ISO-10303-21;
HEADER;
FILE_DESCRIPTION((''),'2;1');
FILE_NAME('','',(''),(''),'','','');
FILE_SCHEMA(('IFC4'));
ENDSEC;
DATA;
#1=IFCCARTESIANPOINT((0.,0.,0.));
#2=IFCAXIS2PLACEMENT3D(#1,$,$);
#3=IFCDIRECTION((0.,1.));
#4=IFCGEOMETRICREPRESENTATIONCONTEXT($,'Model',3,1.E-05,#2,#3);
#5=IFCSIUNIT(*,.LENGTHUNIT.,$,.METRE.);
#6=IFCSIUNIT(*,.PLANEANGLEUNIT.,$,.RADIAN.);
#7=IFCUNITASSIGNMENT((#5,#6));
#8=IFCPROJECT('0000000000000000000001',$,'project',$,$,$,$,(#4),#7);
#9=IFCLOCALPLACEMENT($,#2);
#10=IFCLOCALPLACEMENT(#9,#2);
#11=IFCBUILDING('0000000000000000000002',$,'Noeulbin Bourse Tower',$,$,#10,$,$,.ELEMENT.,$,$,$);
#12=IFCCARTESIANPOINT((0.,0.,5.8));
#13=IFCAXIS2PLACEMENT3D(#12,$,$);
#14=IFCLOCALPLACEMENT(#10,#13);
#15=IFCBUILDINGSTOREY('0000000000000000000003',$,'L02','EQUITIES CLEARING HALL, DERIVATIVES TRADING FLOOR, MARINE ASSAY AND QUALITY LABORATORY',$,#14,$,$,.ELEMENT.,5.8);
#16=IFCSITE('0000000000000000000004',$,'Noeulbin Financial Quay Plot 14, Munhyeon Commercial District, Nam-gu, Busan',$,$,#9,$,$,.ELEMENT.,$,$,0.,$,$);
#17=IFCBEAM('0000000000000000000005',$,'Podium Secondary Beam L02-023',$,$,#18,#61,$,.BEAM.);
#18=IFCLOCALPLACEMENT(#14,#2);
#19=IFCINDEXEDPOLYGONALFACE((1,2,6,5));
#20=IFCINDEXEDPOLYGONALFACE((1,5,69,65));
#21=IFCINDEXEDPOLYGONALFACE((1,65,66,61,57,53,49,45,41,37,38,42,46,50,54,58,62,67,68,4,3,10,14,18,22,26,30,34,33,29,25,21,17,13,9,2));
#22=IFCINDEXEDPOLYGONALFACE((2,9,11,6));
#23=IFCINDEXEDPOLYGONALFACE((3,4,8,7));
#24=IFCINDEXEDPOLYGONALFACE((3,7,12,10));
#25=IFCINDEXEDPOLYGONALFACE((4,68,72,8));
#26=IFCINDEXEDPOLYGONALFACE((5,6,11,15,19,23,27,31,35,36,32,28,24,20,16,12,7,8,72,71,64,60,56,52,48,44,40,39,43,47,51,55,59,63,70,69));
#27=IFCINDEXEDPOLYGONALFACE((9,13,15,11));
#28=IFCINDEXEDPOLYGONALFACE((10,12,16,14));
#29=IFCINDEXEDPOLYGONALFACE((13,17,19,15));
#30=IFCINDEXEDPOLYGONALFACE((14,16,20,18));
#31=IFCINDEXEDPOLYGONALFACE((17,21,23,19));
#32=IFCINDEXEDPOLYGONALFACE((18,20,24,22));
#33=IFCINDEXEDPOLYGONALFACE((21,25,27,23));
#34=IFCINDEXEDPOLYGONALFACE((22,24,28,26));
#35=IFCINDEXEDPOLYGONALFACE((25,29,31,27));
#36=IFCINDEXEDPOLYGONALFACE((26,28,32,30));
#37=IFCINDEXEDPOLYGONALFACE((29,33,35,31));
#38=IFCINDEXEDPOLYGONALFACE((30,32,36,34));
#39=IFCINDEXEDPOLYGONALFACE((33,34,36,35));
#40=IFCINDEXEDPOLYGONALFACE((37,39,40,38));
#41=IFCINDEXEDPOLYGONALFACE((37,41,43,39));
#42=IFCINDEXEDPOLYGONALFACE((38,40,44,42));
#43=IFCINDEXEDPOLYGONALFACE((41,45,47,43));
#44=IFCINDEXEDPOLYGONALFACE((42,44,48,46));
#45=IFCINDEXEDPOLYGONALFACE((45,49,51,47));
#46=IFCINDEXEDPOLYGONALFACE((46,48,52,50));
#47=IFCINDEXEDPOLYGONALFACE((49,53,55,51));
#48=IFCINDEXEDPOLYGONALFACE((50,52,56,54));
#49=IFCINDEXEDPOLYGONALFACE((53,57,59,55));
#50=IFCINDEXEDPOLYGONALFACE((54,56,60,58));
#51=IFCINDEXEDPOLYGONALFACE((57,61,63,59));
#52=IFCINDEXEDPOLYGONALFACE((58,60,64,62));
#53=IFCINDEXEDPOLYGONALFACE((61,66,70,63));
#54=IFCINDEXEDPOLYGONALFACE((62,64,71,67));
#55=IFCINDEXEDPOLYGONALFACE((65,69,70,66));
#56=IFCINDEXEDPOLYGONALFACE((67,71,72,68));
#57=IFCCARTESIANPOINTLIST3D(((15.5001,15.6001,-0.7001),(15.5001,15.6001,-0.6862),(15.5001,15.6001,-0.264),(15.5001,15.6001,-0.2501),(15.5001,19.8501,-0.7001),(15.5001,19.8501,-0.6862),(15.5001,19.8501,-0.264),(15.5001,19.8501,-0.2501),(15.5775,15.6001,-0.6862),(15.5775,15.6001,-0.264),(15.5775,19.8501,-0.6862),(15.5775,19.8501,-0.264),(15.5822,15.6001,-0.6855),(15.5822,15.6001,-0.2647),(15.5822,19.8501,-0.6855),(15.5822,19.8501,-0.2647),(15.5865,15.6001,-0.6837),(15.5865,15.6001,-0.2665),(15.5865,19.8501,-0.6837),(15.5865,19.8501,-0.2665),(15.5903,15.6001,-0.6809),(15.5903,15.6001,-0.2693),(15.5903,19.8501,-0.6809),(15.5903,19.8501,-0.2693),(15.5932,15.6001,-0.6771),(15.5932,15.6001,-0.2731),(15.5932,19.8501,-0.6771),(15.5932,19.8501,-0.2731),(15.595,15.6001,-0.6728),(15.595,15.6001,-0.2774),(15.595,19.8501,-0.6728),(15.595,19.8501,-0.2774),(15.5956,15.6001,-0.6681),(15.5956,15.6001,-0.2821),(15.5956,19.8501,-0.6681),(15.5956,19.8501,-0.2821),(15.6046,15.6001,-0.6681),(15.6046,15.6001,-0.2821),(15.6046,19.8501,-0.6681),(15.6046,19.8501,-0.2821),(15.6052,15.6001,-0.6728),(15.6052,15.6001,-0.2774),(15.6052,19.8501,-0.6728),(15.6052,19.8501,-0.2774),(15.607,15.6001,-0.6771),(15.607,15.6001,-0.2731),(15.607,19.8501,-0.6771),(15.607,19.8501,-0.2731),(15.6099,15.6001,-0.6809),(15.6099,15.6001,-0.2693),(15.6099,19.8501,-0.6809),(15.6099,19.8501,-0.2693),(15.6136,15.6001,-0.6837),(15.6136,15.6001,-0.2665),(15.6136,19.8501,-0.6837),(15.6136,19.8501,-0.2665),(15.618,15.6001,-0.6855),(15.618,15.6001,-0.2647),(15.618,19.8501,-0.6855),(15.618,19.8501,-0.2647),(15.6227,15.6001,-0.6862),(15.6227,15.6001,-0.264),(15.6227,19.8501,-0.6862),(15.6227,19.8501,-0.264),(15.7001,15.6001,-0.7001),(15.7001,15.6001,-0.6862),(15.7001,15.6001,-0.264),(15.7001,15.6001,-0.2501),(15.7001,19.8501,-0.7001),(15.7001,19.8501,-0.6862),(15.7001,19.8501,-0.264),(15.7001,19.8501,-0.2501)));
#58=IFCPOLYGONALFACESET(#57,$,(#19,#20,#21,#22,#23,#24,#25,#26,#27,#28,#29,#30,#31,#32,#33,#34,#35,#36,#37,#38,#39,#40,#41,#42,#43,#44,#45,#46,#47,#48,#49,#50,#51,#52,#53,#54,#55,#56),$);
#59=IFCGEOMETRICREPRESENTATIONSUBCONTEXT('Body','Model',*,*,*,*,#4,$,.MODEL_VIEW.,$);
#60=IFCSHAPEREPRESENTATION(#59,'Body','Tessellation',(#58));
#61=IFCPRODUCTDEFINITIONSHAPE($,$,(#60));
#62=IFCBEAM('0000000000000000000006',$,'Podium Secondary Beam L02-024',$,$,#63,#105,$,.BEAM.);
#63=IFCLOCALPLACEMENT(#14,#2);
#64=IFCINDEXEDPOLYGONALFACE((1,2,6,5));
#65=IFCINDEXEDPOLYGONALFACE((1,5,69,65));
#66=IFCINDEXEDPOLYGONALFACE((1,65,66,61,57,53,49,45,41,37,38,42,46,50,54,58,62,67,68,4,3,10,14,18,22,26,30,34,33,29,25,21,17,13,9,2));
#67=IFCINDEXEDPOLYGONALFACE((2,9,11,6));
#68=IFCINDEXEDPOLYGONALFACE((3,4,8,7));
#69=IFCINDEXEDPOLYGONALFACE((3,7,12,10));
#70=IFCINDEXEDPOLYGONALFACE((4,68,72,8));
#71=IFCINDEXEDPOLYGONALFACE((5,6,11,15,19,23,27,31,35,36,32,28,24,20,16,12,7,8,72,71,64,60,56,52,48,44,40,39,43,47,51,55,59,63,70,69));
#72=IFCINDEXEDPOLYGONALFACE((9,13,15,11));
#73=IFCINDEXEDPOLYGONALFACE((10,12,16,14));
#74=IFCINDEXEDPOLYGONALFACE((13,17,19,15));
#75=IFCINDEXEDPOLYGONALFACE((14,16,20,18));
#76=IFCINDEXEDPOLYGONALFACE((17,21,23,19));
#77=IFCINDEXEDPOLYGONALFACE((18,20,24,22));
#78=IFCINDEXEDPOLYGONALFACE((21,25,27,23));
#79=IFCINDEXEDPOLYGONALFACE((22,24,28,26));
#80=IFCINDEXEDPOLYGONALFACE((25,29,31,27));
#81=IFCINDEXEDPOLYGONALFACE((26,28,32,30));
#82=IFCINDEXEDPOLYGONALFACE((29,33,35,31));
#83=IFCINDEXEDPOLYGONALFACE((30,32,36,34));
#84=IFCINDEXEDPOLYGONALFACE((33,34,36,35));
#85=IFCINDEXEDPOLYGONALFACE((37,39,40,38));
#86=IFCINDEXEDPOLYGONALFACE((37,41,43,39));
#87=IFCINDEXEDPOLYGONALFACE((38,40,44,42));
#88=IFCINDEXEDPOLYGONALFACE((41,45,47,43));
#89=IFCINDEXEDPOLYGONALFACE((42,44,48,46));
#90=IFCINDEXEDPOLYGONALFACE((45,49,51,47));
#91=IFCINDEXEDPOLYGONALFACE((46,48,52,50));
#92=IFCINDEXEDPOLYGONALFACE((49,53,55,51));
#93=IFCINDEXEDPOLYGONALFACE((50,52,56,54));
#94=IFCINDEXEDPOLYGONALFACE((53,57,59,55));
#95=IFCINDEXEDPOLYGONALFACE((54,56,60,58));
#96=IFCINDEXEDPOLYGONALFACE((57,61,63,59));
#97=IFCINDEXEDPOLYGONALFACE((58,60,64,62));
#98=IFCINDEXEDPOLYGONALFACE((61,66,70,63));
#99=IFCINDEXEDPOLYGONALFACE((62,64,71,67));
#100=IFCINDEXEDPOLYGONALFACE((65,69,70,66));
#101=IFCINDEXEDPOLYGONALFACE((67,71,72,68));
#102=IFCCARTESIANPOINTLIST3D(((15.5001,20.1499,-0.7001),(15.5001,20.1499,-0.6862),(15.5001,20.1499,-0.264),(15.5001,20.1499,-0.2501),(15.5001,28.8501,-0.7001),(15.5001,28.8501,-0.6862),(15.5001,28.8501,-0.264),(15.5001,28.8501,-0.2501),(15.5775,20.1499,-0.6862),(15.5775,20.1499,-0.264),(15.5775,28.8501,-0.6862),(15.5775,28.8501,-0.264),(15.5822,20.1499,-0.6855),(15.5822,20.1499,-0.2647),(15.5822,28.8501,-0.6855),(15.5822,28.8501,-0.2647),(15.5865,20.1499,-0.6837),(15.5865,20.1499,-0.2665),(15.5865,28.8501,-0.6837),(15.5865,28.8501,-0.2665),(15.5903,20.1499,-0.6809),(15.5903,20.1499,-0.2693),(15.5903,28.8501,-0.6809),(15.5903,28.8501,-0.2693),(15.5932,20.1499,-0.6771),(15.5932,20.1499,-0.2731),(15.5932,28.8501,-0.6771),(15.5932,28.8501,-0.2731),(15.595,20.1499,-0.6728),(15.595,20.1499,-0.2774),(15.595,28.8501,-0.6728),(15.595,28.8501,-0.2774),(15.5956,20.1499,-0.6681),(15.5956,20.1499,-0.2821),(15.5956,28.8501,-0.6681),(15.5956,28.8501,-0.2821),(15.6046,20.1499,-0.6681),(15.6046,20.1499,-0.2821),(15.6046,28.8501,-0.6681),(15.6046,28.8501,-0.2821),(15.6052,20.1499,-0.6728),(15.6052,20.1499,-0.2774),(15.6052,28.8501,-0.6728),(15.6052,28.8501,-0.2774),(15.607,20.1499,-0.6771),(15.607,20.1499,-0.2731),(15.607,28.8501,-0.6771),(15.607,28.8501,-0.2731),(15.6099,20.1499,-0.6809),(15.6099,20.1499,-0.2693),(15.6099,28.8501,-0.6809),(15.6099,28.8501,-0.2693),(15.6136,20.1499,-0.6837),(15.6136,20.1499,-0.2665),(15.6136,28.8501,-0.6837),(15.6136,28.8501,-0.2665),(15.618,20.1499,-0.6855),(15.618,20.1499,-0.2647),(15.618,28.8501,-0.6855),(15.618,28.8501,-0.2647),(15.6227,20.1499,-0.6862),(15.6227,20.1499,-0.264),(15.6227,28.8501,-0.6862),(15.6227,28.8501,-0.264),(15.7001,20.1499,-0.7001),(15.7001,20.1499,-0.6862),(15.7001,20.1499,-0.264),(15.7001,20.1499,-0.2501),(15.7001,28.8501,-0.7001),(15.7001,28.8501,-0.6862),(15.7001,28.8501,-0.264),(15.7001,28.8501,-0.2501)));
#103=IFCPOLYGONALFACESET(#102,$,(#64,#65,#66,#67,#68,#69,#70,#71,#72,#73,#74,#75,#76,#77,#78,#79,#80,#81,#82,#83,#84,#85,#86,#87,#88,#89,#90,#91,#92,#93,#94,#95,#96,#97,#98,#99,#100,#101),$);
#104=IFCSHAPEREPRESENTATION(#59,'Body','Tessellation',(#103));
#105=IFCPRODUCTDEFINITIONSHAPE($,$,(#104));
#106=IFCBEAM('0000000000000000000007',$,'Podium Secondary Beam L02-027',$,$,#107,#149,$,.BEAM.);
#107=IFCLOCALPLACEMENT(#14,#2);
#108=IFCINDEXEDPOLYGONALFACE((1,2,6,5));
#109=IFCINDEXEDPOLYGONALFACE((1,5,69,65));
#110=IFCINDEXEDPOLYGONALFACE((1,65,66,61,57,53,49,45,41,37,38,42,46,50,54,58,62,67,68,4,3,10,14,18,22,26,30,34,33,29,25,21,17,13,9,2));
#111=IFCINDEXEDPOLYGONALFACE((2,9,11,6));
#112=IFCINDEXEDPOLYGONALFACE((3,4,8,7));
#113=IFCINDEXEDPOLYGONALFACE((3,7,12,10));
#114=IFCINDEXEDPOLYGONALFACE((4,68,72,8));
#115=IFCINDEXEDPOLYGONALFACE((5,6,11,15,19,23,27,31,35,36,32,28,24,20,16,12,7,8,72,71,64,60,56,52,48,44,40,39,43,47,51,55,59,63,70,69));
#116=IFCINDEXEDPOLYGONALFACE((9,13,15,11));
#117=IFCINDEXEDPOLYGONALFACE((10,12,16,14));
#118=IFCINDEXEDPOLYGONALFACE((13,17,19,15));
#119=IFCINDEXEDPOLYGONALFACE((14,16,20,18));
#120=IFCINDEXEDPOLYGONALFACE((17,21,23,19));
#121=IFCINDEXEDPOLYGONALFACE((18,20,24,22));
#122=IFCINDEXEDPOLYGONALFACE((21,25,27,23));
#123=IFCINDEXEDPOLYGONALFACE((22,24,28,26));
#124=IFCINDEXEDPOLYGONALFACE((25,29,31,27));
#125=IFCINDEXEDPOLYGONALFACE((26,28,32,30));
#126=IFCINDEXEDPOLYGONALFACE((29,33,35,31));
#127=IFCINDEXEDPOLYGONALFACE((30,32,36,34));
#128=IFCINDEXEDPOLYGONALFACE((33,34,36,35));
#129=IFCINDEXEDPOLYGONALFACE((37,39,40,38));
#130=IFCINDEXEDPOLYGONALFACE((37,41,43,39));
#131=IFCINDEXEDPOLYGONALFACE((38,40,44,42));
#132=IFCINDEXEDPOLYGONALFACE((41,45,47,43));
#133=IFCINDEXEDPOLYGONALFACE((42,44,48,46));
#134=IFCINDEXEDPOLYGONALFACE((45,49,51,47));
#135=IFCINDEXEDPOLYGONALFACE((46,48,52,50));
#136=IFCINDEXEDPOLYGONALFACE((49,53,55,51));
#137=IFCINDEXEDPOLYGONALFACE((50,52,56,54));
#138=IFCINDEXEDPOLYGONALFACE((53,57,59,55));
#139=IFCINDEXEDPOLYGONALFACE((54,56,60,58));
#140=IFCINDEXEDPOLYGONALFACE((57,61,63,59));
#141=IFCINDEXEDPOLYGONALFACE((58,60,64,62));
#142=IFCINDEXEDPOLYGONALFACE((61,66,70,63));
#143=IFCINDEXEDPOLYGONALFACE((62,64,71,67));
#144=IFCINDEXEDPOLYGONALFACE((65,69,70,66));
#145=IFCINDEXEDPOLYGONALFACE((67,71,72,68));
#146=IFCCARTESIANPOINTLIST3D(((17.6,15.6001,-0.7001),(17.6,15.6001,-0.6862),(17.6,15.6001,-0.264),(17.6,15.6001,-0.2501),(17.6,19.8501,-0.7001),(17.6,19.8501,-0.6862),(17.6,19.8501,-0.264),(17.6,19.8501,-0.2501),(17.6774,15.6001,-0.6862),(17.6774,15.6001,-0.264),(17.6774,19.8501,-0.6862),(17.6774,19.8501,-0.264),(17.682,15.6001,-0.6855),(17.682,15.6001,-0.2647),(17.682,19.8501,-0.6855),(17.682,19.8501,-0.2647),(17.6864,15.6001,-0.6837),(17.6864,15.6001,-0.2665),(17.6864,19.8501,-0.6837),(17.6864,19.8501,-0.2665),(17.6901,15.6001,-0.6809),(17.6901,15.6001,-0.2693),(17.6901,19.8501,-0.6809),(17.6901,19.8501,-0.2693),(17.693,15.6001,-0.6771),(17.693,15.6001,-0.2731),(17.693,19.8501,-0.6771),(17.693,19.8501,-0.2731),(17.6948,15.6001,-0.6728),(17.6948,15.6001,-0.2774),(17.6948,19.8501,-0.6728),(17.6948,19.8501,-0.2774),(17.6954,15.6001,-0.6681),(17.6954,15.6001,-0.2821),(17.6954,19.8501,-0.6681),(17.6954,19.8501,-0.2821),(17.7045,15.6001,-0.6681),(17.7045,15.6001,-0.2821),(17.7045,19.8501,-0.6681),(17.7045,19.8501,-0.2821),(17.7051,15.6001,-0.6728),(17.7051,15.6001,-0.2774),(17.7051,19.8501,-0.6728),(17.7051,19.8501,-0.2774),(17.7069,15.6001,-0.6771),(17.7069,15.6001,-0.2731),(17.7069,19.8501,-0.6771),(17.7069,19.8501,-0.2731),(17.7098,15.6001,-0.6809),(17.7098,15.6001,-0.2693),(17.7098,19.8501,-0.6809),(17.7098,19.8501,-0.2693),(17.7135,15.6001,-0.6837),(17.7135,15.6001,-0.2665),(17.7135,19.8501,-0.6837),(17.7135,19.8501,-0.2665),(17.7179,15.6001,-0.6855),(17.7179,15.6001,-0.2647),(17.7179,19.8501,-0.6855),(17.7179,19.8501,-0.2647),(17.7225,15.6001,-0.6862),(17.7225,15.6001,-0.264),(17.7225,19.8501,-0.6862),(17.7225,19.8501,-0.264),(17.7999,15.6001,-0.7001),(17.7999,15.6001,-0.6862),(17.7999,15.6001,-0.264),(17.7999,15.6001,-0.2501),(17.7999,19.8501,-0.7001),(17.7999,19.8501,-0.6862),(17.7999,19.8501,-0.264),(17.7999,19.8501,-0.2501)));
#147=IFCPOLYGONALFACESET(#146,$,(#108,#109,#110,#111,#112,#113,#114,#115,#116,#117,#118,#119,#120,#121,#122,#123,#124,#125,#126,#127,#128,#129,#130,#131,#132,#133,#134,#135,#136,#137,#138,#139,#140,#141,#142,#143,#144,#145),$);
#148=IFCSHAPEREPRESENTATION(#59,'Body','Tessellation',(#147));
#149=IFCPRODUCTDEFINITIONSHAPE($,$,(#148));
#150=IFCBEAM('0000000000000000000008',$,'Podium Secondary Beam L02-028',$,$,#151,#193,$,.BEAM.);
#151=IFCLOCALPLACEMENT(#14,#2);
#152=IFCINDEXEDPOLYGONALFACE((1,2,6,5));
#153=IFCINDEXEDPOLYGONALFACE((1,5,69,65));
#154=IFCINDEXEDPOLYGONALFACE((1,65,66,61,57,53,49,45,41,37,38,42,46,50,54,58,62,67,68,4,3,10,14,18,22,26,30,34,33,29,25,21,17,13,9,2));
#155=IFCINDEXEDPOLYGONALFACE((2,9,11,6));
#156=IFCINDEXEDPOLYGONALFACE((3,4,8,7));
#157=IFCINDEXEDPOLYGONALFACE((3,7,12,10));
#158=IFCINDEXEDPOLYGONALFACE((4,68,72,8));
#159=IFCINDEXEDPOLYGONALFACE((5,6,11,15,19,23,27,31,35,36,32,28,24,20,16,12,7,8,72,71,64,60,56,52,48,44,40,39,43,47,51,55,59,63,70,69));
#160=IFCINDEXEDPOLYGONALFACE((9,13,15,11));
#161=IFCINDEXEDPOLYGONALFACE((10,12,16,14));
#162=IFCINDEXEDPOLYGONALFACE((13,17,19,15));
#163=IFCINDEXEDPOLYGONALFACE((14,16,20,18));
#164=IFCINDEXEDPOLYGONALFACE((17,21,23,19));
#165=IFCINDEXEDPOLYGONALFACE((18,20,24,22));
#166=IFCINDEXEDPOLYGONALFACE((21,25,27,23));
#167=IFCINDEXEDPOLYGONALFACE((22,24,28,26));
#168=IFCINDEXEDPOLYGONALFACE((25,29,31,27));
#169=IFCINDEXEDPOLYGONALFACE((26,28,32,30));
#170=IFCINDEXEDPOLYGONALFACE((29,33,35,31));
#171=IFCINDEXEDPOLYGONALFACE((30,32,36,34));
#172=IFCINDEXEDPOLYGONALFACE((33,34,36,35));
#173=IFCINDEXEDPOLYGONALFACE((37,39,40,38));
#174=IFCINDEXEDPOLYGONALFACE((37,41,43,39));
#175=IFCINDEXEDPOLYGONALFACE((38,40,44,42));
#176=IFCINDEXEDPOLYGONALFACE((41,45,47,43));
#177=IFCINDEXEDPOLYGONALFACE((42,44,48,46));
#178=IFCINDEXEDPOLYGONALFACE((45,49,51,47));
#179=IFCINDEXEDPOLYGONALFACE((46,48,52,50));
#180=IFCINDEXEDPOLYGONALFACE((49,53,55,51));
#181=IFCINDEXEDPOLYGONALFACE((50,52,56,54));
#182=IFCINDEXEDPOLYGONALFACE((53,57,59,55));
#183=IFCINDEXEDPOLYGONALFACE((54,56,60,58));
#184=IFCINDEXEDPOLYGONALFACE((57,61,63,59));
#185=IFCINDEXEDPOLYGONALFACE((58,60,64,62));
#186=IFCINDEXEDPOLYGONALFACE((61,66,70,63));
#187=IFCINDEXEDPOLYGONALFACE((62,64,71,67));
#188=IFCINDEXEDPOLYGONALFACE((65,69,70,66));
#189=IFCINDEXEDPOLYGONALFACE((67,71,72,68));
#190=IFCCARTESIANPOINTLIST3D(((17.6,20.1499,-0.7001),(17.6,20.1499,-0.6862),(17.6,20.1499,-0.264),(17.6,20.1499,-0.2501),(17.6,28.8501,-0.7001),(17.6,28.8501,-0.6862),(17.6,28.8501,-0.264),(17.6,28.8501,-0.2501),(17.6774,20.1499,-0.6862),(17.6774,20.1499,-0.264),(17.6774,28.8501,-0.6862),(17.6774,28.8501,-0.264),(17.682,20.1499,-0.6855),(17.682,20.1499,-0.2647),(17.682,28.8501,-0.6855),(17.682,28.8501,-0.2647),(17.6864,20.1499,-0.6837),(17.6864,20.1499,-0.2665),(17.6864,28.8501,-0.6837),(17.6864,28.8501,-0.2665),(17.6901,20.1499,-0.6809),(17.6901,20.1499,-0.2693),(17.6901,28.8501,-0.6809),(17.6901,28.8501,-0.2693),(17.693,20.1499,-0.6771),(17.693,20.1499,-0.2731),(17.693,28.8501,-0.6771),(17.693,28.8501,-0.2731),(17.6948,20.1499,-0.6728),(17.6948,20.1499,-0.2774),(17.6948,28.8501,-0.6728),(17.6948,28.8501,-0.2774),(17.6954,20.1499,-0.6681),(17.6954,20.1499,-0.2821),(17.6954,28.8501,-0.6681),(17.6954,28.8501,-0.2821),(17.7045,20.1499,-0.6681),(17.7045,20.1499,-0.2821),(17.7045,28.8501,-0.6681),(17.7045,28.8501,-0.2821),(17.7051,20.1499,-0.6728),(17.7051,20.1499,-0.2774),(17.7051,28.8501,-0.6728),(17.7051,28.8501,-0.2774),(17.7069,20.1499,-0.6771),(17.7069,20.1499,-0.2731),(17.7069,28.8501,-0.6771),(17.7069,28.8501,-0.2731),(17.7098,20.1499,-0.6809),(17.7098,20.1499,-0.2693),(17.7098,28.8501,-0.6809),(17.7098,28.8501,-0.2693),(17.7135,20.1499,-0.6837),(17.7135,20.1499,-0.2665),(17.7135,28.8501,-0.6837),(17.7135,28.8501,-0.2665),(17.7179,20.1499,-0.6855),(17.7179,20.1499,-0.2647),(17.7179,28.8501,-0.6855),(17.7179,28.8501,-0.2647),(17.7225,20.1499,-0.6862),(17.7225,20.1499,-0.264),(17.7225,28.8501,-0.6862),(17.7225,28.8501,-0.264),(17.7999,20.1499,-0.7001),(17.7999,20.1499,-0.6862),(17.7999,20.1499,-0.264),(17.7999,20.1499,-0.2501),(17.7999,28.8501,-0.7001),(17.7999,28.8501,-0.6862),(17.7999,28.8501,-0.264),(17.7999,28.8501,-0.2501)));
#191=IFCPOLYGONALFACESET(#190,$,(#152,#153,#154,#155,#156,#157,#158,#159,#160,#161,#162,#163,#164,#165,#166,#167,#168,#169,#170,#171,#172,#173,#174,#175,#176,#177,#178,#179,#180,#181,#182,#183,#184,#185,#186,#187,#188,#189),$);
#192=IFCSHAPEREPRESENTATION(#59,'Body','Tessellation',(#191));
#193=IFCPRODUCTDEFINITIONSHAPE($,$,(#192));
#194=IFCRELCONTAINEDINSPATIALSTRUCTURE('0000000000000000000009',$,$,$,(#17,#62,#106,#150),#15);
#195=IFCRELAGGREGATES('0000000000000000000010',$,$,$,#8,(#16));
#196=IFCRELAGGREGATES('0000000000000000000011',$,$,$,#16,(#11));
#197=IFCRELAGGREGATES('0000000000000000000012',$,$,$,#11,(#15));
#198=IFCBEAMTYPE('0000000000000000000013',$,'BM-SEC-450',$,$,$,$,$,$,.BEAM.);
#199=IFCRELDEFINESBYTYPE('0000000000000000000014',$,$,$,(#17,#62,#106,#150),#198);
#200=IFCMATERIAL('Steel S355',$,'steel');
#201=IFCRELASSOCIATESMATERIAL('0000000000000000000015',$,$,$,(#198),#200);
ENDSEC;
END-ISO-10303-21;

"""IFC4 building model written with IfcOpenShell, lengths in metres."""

from ifc_helpers import new_model, si_unit, direction, frame, origin, origin_2d, place, context, subcontext, project, spatial, i_section, extrude, material, material_profile, profile_set, type_object, element, save


model = new_model("IFC4")

# Units and contexts
model_context = context("Model", 3, precision=1e-05, world=origin(), true_north=direction((0.0, 1.0)))
body_context = subcontext(model_context, "Body", "Model", "MODEL_VIEW")
ifc_project = project(units=[si_unit("LENGTHUNIT", "METRE"), si_unit("PLANEANGLEUNIT", "RADIAN")], contexts=[model_context])

# Site, building, storey
site_placement = place(None, origin())
site = spatial("IfcSite", under=ifc_project, at=site_placement, Name="Noeulbin Financial Quay Plot 14, Munhyeon Commercial District, Nam-gu, Busan", CompositionType="ELEMENT", RefElevation=0.0)
building_placement = place(site_placement, origin())
building = spatial("IfcBuilding", under=site, at=building_placement, Name="Noeulbin Bourse Tower", CompositionType="ELEMENT")
storey_placement = place(building_placement, frame((0.0, 0.0, 5.8)))
storey = spatial("IfcBuildingStorey", under=building, at=storey_placement, Name="L02", Description="EQUITIES CLEARING HALL, DERIVATIVES TRADING FLOOR, MARINE ASSAY AND QUALITY LABORATORY", CompositionType="ELEMENT", Elevation=5.8)

# Beams
ifc_material_1 = material(Name="Steel S355", Category="steel")
ifc_material_profile_1 = material_profile(ifc_material_1, i_section(OverallWidth=0.2, OverallDepth=0.45, WebThickness=0.009, FlangeThickness=0.0139, FilletRadius=0.0181, at=origin_2d()), Name="H-450x200x9x14", Category="LoadBearing")
ifc_profile_set_1 = profile_set([ifc_material_profile_1], Name="Steel S355")
beam_type_1 = type_object("IfcBeamType", Name="BM-SEC-450", PredefinedType="BEAM", material=ifc_profile_set_1)
beam_1_placement = place(storey_placement, frame((15.6001, 15.6001, -0.4751), z_axis=(0.0, 1.0, 0.0), x_axis=(-1.0, 0.0, 0.0)))
element("IfcBeam", 1, at=beam_1_placement, inside=storey, type_object=beam_type_1, Name="Podium Secondary Beam L02-023", PredefinedType="BEAM", context=body_context, shape_type="SweptSolid", body=[
    extrude(i_section(OverallWidth=0.2, OverallDepth=0.45, WebThickness=0.009, FlangeThickness=0.0139, FilletRadius=0.0181, at=origin_2d()), origin(), (0.0, 0.0, 1.0), 4.25),
])
beam_2_placement = place(storey_placement, frame((15.6001, 20.1499, -0.4751), z_axis=(0.0, 1.0, 0.0), x_axis=(-1.0, 0.0, 0.0)))
element("IfcBeam", 2, at=beam_2_placement, inside=storey, type_object=beam_type_1, Name="Podium Secondary Beam L02-024", PredefinedType="BEAM", context=body_context, shape_type="SweptSolid", body=[
    extrude(i_section(OverallWidth=0.2, OverallDepth=0.45, WebThickness=0.009, FlangeThickness=0.0139, FilletRadius=0.0181, at=origin_2d()), origin(), (0.0, 0.0, 1.0), 8.7002),
])
beam_3_placement = place(storey_placement, frame((17.7, 15.6001, -0.4751), z_axis=(0.0, 1.0, 0.0), x_axis=(-1.0, 0.0, 0.0)))
element("IfcBeam", 3, at=beam_3_placement, inside=storey, type_object=beam_type_1, Name="Podium Secondary Beam L02-027", PredefinedType="BEAM", context=body_context, shape_type="SweptSolid", body=[
    extrude(i_section(OverallWidth=0.2, OverallDepth=0.45, WebThickness=0.009, FlangeThickness=0.0139, FilletRadius=0.0181, at=origin_2d()), origin(), (0.0, 0.0, 1.0), 4.25),
])
beam_4_placement = place(storey_placement, frame((17.7, 20.1499, -0.4751), z_axis=(0.0, 1.0, 0.0), x_axis=(-1.0, 0.0, 0.0)))
element("IfcBeam", 4, at=beam_4_placement, inside=storey, type_object=beam_type_1, Name="Podium Secondary Beam L02-028", PredefinedType="BEAM", context=body_context, shape_type="SweptSolid", body=[
    extrude(i_section(OverallWidth=0.2, OverallDepth=0.45, WebThickness=0.009, FlangeThickness=0.0139, FilletRadius=0.0181, at=origin_2d()), origin(), (0.0, 0.0, 1.0), 8.7002),
])

save(model, "model.ifc")
